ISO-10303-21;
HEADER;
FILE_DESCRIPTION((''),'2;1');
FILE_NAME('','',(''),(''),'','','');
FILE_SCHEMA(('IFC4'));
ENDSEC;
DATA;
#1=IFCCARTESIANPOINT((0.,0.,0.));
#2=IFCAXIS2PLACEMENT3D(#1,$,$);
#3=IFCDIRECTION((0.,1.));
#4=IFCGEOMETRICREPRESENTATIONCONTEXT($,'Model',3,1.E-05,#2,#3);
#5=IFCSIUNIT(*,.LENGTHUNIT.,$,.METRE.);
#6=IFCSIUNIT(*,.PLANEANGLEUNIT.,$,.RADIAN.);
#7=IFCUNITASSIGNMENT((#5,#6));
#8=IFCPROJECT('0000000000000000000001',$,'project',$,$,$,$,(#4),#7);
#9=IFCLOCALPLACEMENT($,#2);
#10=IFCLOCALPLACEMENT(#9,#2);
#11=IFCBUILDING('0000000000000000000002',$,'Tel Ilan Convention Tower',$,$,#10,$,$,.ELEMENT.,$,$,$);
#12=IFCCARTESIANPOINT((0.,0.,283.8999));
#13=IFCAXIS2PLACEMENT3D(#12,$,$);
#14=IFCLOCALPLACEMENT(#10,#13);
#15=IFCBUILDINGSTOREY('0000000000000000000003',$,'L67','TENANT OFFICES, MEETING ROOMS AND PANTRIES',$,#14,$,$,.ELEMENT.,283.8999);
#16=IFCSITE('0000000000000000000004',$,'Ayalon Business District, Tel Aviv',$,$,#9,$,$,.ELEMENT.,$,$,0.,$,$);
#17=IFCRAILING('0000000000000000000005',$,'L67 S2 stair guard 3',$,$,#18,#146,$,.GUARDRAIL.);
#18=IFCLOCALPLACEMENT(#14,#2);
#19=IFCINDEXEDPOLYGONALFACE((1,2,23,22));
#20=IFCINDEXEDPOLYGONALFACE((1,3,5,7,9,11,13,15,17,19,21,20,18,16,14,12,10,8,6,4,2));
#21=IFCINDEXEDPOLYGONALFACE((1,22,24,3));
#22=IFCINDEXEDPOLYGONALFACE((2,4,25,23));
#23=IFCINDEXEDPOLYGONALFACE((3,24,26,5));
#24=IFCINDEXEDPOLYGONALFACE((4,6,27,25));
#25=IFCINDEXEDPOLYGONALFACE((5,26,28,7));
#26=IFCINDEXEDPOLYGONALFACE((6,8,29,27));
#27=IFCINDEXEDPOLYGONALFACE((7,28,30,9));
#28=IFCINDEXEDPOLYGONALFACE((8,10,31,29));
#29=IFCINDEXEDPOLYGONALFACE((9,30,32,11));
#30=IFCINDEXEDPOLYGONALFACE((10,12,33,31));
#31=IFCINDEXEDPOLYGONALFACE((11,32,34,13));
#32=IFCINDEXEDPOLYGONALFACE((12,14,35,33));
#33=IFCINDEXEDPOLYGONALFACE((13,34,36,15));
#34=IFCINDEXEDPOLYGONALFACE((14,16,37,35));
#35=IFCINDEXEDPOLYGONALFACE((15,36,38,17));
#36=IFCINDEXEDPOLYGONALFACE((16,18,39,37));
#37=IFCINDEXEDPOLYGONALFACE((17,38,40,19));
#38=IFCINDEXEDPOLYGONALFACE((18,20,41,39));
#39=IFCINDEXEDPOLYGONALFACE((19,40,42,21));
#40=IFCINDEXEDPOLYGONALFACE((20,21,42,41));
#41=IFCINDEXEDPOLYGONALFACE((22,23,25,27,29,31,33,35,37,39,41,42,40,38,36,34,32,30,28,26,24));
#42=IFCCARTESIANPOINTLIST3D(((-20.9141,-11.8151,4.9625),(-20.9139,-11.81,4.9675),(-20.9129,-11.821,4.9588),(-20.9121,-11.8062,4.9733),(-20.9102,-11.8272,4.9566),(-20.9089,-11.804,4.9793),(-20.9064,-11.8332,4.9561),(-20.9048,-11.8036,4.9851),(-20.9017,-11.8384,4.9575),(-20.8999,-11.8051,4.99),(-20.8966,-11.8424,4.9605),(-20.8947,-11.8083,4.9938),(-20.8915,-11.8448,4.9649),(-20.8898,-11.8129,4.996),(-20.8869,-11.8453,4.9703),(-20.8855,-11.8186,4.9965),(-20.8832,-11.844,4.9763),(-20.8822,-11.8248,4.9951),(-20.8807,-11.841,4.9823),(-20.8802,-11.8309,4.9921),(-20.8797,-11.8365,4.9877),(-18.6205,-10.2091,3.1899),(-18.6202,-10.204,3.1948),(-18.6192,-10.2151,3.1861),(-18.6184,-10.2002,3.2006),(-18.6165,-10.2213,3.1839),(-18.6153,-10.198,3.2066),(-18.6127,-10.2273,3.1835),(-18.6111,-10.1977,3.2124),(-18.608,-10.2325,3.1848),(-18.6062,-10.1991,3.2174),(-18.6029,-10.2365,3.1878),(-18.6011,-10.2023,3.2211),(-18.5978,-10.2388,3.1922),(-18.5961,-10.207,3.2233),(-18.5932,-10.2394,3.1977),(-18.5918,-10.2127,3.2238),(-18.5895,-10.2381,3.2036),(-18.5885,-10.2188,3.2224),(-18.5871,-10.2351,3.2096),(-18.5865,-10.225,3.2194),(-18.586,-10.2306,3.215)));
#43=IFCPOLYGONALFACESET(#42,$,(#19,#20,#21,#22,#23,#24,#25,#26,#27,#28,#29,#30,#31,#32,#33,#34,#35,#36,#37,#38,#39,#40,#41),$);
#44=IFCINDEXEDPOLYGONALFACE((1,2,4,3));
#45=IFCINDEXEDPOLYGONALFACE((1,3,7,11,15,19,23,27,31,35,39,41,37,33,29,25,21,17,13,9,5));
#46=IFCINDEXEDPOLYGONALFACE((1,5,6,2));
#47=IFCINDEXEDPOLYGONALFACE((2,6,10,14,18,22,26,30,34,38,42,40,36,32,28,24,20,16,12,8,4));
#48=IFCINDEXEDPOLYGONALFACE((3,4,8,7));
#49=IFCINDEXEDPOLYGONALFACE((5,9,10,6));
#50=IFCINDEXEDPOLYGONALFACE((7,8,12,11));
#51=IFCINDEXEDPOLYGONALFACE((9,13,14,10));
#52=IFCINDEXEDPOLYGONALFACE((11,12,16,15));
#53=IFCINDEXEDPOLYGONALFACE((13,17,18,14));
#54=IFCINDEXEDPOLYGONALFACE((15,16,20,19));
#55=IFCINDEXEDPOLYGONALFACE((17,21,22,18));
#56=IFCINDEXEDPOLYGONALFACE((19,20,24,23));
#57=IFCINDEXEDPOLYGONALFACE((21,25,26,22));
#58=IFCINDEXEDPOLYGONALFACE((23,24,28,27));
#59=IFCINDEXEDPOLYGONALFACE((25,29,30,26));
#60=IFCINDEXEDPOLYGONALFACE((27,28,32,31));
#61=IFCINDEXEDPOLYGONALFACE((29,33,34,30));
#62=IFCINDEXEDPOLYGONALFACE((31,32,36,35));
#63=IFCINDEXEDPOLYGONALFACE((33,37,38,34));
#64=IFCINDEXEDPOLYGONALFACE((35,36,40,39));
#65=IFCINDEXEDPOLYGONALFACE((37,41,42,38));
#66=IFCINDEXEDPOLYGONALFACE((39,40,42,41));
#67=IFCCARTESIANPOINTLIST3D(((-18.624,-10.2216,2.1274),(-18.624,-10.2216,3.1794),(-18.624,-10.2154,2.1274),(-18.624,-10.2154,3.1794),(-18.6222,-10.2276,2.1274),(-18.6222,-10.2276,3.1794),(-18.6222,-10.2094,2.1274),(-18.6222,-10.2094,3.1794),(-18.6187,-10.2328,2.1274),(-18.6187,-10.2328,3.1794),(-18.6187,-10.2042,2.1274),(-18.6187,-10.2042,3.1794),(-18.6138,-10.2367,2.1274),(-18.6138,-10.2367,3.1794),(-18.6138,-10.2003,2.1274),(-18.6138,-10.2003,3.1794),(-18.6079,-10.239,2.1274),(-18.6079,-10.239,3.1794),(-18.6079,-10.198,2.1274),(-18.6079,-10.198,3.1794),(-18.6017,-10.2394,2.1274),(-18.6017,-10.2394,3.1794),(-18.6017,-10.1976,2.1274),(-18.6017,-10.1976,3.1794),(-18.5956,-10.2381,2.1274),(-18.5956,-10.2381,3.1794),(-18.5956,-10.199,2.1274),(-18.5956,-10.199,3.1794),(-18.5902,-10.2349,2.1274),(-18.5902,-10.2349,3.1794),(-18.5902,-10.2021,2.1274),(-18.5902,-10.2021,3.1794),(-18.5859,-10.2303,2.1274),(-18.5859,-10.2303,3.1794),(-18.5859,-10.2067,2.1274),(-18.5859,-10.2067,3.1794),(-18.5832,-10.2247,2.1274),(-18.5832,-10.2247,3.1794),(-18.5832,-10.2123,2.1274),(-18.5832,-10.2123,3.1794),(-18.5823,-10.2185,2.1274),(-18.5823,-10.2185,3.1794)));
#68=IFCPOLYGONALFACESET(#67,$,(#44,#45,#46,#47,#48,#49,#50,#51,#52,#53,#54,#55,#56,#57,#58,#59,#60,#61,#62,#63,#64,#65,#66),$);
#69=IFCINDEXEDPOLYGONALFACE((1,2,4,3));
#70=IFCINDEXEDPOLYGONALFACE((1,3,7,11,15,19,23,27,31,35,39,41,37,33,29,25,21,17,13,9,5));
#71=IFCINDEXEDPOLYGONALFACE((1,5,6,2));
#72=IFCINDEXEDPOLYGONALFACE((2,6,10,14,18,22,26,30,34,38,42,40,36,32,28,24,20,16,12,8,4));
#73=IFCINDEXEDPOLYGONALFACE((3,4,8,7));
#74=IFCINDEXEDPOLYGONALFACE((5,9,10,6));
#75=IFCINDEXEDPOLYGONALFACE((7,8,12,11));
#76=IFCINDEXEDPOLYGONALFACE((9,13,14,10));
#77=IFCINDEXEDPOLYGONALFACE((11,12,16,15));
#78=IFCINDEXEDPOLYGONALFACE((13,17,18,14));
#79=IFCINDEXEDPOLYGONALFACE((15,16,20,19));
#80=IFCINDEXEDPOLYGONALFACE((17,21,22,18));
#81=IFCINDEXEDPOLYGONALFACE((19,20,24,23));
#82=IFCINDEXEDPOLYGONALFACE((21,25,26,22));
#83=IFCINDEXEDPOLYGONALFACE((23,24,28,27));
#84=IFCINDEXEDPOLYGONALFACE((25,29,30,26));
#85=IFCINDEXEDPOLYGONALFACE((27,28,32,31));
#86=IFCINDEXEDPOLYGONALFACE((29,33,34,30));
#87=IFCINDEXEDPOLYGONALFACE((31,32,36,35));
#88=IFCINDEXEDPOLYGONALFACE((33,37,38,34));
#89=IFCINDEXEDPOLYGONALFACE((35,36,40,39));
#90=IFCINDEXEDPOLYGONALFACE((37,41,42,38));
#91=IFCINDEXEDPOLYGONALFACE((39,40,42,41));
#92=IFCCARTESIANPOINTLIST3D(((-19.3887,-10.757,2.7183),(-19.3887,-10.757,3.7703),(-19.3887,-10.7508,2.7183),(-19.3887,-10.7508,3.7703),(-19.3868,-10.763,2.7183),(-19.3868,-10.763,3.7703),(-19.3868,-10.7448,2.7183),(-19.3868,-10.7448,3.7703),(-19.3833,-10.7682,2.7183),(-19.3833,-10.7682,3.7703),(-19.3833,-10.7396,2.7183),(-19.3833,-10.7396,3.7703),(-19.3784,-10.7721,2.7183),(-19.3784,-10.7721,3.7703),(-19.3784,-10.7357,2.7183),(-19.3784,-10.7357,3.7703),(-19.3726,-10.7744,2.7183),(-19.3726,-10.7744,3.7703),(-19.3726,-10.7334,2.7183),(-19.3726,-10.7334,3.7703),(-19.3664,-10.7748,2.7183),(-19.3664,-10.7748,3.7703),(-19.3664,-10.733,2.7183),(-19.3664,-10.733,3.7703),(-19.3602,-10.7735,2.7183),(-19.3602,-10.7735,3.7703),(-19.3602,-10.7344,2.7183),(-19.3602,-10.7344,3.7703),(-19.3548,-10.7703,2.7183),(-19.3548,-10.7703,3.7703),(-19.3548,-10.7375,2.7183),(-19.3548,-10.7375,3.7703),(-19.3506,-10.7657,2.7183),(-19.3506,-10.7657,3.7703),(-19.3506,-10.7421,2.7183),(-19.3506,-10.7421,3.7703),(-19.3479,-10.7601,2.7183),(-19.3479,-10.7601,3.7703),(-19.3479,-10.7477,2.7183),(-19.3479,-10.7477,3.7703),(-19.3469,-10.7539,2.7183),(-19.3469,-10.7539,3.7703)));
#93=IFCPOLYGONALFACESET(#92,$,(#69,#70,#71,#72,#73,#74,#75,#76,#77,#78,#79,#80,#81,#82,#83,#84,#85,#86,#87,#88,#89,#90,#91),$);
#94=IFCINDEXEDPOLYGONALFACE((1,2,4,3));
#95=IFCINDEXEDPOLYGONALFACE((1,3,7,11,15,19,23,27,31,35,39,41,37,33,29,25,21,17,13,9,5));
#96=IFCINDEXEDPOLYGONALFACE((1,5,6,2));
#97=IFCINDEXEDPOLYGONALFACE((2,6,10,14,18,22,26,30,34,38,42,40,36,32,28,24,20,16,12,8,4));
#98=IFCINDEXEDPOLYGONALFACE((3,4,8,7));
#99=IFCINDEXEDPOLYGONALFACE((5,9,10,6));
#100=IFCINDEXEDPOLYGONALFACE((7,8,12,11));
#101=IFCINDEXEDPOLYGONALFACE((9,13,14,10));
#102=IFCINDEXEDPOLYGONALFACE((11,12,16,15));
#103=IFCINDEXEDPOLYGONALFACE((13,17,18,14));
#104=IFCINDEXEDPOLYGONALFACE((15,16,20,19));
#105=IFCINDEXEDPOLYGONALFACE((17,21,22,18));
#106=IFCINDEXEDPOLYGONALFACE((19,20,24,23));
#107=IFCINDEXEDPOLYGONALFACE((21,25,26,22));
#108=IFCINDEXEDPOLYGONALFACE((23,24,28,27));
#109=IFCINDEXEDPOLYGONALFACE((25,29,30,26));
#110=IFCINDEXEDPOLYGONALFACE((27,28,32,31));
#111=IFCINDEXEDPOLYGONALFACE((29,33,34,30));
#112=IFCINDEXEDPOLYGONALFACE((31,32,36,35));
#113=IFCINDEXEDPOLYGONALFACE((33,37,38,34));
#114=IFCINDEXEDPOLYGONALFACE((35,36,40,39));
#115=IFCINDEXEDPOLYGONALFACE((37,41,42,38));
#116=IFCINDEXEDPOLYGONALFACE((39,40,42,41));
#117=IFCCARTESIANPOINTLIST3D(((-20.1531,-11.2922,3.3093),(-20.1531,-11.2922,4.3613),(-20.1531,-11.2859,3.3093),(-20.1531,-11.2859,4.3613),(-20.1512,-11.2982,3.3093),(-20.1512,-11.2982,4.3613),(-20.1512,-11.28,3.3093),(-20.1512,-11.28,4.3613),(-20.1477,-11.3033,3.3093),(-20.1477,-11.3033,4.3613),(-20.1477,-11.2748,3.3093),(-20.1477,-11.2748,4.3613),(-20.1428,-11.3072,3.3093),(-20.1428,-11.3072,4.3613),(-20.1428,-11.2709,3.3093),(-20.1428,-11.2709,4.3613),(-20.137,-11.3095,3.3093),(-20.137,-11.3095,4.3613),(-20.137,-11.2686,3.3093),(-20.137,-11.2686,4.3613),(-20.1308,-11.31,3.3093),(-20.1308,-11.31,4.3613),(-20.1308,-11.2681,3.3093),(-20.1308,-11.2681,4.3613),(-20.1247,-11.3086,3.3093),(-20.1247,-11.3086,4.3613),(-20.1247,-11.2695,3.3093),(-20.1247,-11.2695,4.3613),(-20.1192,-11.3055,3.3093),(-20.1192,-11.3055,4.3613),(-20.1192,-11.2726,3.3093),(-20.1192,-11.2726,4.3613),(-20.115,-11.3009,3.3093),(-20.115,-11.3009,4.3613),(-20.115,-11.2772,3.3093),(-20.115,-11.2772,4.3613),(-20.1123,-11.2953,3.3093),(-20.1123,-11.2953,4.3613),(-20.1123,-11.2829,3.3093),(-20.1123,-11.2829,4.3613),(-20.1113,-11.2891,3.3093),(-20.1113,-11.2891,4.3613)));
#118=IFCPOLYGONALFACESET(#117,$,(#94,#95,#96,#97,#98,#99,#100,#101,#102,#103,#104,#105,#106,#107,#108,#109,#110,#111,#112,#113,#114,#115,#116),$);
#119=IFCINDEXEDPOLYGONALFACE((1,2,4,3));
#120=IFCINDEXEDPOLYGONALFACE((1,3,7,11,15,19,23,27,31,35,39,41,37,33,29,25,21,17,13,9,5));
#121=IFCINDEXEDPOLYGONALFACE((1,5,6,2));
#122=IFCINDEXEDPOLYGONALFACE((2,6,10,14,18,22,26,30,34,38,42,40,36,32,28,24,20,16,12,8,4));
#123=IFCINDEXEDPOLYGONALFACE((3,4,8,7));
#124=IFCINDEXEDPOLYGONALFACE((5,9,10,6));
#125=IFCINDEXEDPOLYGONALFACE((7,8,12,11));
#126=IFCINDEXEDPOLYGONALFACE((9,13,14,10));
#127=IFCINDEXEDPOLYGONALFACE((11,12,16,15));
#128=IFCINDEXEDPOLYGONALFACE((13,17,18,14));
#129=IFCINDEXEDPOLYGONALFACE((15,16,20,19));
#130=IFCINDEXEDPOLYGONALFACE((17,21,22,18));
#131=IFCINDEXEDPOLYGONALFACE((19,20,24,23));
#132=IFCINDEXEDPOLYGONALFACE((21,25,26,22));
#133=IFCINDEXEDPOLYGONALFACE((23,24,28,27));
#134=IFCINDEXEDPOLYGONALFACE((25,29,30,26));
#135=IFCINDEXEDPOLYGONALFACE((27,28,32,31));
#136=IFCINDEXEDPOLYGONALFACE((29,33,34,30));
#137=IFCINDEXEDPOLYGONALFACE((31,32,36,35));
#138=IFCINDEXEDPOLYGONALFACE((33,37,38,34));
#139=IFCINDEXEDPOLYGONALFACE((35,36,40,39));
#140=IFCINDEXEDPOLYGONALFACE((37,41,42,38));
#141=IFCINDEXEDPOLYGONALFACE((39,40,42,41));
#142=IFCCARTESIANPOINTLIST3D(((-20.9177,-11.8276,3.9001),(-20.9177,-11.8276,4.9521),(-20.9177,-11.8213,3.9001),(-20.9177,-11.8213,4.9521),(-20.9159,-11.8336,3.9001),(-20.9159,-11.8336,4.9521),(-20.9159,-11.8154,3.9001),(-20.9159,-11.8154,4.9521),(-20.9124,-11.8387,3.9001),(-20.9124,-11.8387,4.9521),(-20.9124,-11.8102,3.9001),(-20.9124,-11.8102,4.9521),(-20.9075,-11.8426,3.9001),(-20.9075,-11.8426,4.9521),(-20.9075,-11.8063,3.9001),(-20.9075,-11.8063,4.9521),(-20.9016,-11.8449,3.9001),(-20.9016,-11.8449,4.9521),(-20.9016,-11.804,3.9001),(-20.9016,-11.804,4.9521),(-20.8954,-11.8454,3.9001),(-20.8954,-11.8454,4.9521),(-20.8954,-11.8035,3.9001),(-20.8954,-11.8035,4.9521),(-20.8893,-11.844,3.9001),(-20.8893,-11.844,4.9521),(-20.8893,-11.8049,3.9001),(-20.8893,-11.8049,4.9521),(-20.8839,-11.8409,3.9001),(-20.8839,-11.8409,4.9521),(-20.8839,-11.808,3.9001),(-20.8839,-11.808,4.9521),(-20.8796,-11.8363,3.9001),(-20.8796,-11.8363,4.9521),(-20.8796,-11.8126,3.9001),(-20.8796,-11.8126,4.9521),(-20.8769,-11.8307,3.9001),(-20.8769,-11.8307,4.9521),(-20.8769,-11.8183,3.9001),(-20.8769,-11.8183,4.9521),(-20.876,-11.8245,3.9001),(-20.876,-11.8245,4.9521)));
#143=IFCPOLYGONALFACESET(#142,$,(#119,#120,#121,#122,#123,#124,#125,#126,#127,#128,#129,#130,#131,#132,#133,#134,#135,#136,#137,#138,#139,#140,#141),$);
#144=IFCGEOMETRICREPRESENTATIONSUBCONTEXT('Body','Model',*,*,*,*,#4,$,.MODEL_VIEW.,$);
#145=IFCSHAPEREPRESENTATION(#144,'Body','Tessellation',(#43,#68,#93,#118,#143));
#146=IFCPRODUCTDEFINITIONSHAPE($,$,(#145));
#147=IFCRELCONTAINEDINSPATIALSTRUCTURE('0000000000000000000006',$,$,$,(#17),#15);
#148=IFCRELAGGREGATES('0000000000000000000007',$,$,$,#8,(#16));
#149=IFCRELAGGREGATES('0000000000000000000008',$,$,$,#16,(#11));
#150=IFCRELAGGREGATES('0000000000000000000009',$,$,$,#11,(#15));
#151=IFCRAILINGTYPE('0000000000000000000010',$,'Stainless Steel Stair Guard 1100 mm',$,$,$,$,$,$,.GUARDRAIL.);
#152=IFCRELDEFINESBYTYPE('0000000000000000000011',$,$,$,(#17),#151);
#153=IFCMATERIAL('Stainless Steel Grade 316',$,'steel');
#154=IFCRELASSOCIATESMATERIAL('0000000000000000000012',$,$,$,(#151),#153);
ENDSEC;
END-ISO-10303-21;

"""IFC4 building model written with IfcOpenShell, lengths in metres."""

from ifc_helpers import new_model, si_unit, direction, frame, origin, origin_2d, place, context, subcontext, project, spatial, circle, extrude, material, type_object, element, save


model = new_model("IFC4")

# Units and contexts
model_context = context("Model", 3, precision=1e-05, world=origin(), true_north=direction((0.0, 1.0)))
body_context = subcontext(model_context, "Body", "Model", "MODEL_VIEW")
ifc_project = project(units=[si_unit("LENGTHUNIT", "METRE"), si_unit("PLANEANGLEUNIT", "RADIAN")], contexts=[model_context])

# Site, building, storey
site_placement = place(None, origin())
site = spatial("IfcSite", under=ifc_project, at=site_placement, Name="Ayalon Business District, Tel Aviv", CompositionType="ELEMENT", RefElevation=0.0)
building_placement = place(site_placement, origin())
building = spatial("IfcBuilding", under=site, at=building_placement, Name="Tel Ilan Convention Tower", CompositionType="ELEMENT")
storey_placement = place(building_placement, frame((0.0, 0.0, 283.8999)))
storey = spatial("IfcBuildingStorey", under=building, at=storey_placement, Name="L67", Description="TENANT OFFICES, MEETING ROOMS AND PANTRIES", CompositionType="ELEMENT", Elevation=283.8999)

# Railing
ifc_material_1 = material(Name="Stainless Steel Grade 316", Category="steel")
railing_type_1 = type_object("IfcRailingType", Name="Stainless Steel Stair Guard 1100 mm", PredefinedType="GUARDRAIL", material=ifc_material_1)
railing_1_placement = place(storey_placement, frame((-18.6033, -10.2185, 2.1274)))
element("IfcRailing", 1, at=railing_1_placement, inside=storey, type_object=railing_type_1, Name="L67 S2 stair guard 3", PredefinedType="GUARDRAIL", context=body_context, shape_type="SweptSolid", body=[
    extrude(circle(Radius=0.0239, at=origin_2d()), frame((0.0, 0.0, 1.0762), z_axis=(-0.692123, -0.484597, 0.534913), x_axis=(0.57355, -0.81917, 0.0)), (0.0, 0.0, 1.0), 3.314),
    extrude(circle(Radius=0.021, at=origin_2d()), origin(), (0.0, 0.0, 1.0), 1.052),
    extrude(circle(Radius=0.021, at=origin_2d()), frame((-0.7646, -0.5354, 0.5908)), (0.0, 0.0, 1.0), 1.052),
    extrude(circle(Radius=0.021, at=origin_2d()), frame((-1.5291, -1.0706, 1.1819)), (0.0, 0.0, 1.0), 1.052),
    extrude(circle(Radius=0.021, at=origin_2d()), frame((-2.2937, -1.606, 1.7727)), (0.0, 0.0, 1.0), 1.052),
])

save(model, "model.ifc")
